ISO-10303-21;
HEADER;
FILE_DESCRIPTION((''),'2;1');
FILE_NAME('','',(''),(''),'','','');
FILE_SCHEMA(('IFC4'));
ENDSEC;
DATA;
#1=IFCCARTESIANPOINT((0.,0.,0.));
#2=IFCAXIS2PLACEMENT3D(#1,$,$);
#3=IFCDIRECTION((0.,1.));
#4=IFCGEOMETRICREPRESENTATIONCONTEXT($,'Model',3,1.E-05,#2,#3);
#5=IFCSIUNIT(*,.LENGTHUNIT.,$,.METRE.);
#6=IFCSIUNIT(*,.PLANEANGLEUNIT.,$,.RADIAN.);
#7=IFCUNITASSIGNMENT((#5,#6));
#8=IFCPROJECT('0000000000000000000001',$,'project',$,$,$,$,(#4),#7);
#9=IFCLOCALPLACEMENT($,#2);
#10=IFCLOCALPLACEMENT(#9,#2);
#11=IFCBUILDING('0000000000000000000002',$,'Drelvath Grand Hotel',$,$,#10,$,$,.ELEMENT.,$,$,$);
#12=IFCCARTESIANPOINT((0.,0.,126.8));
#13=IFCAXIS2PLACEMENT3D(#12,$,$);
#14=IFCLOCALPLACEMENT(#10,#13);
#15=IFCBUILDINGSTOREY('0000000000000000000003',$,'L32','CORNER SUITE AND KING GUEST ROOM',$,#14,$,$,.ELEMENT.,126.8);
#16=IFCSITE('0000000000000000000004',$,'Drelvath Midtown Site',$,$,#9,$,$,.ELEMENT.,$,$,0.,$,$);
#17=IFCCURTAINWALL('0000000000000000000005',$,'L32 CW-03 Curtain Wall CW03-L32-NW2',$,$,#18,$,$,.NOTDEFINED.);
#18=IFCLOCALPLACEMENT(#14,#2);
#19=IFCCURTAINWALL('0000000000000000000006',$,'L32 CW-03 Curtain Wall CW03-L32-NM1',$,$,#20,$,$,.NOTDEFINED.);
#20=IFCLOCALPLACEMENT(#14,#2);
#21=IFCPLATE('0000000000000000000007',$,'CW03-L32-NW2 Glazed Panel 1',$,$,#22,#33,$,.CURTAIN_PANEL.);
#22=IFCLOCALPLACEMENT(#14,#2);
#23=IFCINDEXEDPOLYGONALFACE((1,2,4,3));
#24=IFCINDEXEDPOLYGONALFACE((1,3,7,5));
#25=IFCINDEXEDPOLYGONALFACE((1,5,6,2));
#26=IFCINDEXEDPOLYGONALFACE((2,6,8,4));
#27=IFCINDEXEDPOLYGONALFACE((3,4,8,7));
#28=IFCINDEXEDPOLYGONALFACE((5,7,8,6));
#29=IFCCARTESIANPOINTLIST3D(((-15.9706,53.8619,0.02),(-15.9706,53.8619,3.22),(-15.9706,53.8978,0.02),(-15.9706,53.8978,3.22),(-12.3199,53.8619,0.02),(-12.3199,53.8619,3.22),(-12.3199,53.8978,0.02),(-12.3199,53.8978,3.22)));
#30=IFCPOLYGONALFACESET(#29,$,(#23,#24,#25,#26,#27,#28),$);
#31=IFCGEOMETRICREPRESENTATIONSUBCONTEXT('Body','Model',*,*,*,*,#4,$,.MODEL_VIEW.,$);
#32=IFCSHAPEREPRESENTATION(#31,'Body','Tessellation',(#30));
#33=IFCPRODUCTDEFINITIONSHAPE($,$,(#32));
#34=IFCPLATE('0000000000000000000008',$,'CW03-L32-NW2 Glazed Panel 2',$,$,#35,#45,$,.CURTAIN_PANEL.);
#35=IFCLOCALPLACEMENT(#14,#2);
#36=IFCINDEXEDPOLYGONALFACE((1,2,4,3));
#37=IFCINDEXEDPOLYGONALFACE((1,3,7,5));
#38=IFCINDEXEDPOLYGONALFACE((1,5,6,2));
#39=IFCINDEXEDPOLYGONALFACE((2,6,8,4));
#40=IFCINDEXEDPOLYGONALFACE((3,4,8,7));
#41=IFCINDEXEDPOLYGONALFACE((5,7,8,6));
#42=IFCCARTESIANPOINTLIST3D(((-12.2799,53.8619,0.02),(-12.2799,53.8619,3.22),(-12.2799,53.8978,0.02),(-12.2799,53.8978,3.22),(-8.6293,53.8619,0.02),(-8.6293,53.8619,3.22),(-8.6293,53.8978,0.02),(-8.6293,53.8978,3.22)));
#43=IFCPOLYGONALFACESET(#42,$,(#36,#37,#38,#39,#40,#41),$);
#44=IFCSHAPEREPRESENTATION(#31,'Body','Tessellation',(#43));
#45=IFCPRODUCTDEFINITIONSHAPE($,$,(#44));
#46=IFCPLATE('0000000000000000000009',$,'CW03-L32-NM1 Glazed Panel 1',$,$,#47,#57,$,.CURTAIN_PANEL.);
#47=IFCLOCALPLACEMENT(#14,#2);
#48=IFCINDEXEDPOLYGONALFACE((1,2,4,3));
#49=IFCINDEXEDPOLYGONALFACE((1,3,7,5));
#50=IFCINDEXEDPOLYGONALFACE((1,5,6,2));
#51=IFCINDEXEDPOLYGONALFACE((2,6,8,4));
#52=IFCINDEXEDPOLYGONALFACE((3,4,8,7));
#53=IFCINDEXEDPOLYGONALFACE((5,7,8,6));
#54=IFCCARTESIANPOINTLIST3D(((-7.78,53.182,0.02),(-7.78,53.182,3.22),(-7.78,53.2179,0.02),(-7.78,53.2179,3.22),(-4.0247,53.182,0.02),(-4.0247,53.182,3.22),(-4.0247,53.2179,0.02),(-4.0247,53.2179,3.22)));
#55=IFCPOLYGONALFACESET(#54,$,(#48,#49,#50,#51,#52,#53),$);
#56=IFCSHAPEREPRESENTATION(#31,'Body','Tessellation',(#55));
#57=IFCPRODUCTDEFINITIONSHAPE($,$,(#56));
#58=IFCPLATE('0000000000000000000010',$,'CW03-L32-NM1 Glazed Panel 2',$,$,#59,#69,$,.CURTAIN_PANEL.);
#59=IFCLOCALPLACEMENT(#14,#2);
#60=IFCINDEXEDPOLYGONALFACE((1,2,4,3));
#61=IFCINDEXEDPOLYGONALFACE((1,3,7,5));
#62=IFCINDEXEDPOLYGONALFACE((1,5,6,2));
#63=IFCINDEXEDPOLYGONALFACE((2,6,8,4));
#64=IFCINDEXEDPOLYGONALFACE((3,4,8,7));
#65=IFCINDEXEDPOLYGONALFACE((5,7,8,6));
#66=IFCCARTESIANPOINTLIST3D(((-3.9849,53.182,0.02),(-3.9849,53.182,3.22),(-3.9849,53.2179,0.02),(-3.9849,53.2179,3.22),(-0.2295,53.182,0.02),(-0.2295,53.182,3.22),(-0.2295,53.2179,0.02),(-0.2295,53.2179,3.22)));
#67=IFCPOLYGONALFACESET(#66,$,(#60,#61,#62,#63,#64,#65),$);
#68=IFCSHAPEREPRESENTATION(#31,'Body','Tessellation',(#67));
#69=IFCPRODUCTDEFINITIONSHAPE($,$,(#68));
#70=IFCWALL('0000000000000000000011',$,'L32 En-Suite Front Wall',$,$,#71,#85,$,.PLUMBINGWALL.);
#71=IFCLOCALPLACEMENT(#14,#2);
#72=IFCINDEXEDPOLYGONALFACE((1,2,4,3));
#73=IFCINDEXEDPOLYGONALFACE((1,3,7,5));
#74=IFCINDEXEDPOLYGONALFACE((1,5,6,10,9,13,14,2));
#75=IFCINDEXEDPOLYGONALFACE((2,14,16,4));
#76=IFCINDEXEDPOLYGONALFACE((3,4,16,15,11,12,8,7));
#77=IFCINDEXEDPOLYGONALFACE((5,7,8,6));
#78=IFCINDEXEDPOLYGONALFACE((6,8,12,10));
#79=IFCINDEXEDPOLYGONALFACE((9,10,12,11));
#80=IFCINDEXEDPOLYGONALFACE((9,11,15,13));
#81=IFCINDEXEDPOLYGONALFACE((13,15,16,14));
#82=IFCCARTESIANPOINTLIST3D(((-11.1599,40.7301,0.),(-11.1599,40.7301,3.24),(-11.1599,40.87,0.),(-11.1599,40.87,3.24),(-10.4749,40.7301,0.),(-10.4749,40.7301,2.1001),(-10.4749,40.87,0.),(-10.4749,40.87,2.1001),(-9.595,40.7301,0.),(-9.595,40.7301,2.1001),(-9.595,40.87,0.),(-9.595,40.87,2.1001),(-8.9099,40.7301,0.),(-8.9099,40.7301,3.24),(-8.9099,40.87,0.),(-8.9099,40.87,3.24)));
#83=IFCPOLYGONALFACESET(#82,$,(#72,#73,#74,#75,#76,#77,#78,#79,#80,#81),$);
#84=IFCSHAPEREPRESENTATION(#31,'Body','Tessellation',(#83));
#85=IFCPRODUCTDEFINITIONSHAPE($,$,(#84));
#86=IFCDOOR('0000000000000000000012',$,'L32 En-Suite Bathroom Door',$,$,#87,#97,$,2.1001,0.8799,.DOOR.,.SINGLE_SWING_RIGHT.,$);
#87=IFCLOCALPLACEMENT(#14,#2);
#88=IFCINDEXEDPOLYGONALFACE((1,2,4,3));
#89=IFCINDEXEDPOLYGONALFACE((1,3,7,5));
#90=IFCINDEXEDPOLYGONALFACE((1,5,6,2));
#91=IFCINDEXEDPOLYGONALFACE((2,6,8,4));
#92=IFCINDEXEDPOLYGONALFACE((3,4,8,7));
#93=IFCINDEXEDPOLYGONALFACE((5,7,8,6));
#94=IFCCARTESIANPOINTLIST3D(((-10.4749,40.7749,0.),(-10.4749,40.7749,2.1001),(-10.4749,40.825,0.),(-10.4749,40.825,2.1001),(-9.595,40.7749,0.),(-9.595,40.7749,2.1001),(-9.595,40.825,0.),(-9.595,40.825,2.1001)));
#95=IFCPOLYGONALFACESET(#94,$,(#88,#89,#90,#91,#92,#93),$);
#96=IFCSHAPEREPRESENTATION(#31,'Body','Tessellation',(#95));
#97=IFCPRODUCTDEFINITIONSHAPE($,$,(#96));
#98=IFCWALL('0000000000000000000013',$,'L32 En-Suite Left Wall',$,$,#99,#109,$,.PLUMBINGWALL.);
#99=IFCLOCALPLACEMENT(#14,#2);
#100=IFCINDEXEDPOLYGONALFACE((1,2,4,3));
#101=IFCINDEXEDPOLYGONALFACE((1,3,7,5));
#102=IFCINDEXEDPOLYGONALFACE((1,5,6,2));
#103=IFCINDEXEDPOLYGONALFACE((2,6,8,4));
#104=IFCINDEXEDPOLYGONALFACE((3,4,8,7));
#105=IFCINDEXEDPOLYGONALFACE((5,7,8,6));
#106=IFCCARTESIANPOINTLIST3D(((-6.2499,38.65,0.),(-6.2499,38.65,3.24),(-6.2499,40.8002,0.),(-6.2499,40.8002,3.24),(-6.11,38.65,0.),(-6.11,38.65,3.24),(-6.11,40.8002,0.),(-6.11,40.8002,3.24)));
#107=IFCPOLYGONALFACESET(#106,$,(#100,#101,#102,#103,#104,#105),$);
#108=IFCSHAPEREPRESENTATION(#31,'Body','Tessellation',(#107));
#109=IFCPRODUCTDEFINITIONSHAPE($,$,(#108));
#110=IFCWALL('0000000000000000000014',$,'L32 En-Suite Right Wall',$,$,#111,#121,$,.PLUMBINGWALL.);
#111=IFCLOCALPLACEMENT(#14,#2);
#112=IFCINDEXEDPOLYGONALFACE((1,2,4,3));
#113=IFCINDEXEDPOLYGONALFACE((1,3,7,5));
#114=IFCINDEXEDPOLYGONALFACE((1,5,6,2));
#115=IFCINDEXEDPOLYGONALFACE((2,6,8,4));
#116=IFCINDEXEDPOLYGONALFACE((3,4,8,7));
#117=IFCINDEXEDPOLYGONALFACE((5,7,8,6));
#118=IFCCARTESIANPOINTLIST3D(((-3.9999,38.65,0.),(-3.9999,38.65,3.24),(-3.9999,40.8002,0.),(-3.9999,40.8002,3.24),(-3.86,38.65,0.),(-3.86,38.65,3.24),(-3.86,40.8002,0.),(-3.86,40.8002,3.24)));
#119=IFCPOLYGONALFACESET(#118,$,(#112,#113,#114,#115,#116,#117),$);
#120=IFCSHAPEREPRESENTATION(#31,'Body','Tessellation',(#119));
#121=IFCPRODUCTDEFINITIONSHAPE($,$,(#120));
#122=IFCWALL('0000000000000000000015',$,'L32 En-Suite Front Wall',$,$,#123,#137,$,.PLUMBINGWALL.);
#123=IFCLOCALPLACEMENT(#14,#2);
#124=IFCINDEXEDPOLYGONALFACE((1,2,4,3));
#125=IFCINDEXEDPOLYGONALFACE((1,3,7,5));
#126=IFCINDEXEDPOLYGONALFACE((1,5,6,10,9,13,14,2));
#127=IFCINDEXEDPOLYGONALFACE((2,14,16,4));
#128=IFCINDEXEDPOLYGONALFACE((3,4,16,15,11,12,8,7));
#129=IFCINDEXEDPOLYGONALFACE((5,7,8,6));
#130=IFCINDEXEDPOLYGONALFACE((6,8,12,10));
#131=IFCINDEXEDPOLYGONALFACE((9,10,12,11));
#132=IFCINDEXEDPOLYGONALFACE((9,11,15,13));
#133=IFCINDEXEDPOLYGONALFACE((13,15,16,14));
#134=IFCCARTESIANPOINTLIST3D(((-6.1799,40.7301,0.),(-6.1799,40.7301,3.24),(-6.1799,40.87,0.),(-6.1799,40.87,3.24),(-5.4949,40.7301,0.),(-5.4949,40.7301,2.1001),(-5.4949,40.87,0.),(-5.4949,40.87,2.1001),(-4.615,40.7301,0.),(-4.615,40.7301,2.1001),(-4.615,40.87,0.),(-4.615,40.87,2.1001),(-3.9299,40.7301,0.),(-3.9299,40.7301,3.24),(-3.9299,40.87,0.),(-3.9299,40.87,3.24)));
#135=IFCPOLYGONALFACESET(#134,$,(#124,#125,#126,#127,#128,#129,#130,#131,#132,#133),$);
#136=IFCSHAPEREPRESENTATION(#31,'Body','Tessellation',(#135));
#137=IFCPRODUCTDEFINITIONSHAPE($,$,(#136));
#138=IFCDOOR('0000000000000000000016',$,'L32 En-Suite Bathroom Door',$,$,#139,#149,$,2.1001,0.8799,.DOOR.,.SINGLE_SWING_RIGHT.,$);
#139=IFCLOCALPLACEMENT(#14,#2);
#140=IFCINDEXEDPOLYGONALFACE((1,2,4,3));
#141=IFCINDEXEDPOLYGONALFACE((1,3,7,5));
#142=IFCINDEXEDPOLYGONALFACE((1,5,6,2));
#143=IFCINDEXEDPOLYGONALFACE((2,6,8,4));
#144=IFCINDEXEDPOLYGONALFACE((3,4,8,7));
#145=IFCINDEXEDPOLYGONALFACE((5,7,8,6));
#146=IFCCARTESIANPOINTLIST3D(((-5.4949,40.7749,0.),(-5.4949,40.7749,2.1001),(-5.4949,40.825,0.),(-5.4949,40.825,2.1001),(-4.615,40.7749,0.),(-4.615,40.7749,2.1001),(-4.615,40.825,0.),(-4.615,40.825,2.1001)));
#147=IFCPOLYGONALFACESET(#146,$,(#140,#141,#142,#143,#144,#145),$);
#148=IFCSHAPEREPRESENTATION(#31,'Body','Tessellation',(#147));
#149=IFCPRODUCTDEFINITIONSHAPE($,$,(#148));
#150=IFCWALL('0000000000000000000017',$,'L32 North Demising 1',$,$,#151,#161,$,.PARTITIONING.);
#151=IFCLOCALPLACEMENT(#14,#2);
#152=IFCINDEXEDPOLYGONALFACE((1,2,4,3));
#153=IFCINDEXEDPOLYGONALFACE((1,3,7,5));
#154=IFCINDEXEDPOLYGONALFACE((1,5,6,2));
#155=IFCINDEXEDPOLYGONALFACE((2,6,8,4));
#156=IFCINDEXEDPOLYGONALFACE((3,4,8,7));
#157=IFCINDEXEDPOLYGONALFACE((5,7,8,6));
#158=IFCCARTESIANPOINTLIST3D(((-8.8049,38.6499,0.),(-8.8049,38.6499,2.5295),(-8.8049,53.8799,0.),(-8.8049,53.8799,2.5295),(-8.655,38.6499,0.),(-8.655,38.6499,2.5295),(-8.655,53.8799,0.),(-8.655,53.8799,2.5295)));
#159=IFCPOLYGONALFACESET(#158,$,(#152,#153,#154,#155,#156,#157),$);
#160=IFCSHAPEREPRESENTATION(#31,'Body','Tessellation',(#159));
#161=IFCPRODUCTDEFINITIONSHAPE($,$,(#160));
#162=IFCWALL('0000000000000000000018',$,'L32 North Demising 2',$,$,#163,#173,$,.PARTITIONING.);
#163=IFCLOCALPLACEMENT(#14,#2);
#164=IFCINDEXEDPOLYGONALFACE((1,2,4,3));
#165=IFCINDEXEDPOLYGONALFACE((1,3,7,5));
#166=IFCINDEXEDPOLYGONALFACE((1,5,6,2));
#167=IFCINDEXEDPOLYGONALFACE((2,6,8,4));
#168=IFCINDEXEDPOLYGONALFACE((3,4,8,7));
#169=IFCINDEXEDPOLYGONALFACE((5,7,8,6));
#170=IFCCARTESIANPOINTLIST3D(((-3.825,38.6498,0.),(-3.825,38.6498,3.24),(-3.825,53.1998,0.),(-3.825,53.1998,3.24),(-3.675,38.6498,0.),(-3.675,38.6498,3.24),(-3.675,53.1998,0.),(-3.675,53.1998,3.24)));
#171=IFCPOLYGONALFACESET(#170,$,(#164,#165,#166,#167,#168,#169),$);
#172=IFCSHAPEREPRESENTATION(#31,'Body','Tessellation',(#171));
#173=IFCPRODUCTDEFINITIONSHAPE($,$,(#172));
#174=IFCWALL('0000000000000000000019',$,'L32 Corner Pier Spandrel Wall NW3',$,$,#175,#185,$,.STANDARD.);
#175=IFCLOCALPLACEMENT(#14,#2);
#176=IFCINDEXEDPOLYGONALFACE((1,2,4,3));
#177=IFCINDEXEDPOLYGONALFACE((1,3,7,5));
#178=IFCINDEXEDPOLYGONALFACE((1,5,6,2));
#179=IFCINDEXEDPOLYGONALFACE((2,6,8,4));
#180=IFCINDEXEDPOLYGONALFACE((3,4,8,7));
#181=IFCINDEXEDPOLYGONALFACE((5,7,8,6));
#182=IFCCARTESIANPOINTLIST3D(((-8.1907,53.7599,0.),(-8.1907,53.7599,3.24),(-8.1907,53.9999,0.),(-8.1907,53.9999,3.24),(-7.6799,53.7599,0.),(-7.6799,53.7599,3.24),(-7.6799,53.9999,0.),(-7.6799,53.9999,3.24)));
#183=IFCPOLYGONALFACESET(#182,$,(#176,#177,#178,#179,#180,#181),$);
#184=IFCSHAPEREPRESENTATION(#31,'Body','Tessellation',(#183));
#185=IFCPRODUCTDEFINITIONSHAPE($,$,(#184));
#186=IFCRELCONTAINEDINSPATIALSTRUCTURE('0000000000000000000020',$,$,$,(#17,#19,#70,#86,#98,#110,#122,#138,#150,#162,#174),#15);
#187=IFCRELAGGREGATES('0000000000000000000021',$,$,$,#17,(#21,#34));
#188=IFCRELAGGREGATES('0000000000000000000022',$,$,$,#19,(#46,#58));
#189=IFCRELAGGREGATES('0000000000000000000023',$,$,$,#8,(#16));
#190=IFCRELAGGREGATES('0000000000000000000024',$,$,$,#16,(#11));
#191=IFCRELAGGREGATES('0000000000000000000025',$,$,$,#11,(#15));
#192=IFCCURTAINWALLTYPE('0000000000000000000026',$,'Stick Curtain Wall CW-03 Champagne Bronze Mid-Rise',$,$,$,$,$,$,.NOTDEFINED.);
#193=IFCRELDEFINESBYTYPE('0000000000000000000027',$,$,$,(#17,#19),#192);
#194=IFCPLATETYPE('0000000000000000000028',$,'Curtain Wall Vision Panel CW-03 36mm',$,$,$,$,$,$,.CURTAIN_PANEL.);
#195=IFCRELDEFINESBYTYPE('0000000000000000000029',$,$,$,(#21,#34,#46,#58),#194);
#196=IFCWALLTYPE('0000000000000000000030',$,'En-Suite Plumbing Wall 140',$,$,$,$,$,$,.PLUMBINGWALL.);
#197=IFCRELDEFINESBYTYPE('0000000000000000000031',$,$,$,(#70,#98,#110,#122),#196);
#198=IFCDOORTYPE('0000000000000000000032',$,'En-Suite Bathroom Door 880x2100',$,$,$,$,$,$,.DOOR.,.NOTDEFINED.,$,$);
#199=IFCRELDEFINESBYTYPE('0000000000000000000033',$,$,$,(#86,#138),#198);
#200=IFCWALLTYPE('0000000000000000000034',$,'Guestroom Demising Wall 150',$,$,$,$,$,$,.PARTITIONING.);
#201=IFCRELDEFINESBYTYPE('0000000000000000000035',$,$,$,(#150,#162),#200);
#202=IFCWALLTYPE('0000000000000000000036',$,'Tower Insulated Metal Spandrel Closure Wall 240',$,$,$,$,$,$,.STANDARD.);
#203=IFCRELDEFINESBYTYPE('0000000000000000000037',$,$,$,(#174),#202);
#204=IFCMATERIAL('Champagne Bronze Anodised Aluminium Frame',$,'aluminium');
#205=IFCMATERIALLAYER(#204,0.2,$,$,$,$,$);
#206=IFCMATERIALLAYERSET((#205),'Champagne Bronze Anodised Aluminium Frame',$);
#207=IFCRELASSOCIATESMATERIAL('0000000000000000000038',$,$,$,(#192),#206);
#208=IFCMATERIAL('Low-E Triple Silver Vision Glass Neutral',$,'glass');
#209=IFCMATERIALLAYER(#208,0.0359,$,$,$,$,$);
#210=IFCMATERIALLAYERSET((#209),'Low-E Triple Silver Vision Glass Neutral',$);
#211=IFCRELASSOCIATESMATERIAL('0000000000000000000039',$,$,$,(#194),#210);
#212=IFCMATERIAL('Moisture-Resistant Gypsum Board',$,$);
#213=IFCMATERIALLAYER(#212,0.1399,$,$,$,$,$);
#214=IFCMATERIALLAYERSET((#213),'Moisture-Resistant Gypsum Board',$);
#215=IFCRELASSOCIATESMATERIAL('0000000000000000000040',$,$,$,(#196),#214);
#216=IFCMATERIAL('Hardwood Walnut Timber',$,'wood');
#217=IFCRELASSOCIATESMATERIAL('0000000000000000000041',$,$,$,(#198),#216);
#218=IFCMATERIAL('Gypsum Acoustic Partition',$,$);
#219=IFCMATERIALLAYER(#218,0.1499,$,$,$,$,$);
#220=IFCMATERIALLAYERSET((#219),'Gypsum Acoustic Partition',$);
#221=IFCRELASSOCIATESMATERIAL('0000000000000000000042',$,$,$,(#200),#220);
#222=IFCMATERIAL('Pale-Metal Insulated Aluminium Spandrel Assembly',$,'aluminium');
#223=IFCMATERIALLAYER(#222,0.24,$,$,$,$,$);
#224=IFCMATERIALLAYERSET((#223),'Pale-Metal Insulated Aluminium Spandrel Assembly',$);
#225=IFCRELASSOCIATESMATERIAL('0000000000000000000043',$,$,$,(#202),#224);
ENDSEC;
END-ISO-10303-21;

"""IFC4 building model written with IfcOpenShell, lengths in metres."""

from ifc_helpers import new_model, si_unit, direction, frame, frame_2d, origin, origin_2d, place, context, subcontext, project, spatial, rectangle, extrude, material, layer, layer_set, type_object, element, fill, aggregate, save


model = new_model("IFC4")

# Units and contexts
model_context = context("Model", 3, precision=1e-05, world=origin(), true_north=direction((0.0, 1.0)))
body_context = subcontext(model_context, "Body", "Model", "MODEL_VIEW")
ifc_project = project(units=[si_unit("LENGTHUNIT", "METRE"), si_unit("PLANEANGLEUNIT", "RADIAN")], contexts=[model_context])

# Site, building, storey
site_placement = place(None, origin())
site = spatial("IfcSite", under=ifc_project, at=site_placement, Name="Drelvath Midtown Site", CompositionType="ELEMENT", RefElevation=0.0)
building_placement = place(site_placement, origin())
building = spatial("IfcBuilding", under=site, at=building_placement, Name="Drelvath Grand Hotel", CompositionType="ELEMENT")
storey_placement = place(building_placement, frame((0.0, 0.0, 126.8)))
storey = spatial("IfcBuildingStorey", under=building, at=storey_placement, Name="L32", Description="CORNER SUITE AND KING GUEST ROOM", CompositionType="ELEMENT", Elevation=126.8)

# Curtain walls
ifc_material_1 = material(Name="Champagne Bronze Anodised Aluminium Frame", Category="aluminium")
ifc_layer_1 = layer(ifc_material_1, 0.2)
ifc_layer_set_1 = layer_set([ifc_layer_1], Name="Champagne Bronze Anodised Aluminium Frame")
curtain_wall_type = type_object("IfcCurtainWallType", Name="Stick Curtain Wall CW-03 Champagne Bronze Mid-Rise", PredefinedType="NOTDEFINED", material=ifc_layer_set_1)
curtain_wall_1_placement = place(storey_placement, origin())
curtain_wall_1 = element("IfcCurtainWall", 1, at=curtain_wall_1_placement, inside=storey, type_object=curtain_wall_type, Name="L32 CW-03 Curtain Wall CW03-L32-NW2", PredefinedType="NOTDEFINED")
curtain_wall_2_placement = place(storey_placement, origin())
curtain_wall_2 = element("IfcCurtainWall", 2, at=curtain_wall_2_placement, inside=storey, type_object=curtain_wall_type, Name="L32 CW-03 Curtain Wall CW03-L32-NM1", PredefinedType="NOTDEFINED")

# Plates
ifc_material_2 = material(Name="Low-E Triple Silver Vision Glass Neutral", Category="glass")
ifc_layer_2 = layer(ifc_material_2, 0.0359)
ifc_layer_set_2 = layer_set([ifc_layer_2], Name="Low-E Triple Silver Vision Glass Neutral")
plate_type = type_object("IfcPlateType", Name="Curtain Wall Vision Panel CW-03 36mm", PredefinedType="CURTAIN_PANEL", material=ifc_layer_set_2)
plate_1_placement = place(storey_placement, frame((-14.1453, 53.8799, 0.02), z_axis=(0.0, 0.0, 1.0), x_axis=(1.0, 0.0, 0.0)))
plate_1 = element("IfcPlate", 3, at=plate_1_placement, type_object=plate_type, Name="CW03-L32-NW2 Glazed Panel 1", PredefinedType="CURTAIN_PANEL", context=body_context, shape_type="SweptSolid", body=[
    extrude(rectangle(XDim=3.6506, YDim=0.0359, at=origin_2d()), origin(), (0.0, 0.0, 1.0), 3.2),
])
plate_2_placement = place(storey_placement, frame((-10.4546, 53.8799, 0.02), z_axis=(0.0, 0.0, 1.0), x_axis=(1.0, 0.0, 0.0)))
plate_2 = element("IfcPlate", 4, at=plate_2_placement, type_object=plate_type, Name="CW03-L32-NW2 Glazed Panel 2", PredefinedType="CURTAIN_PANEL", context=body_context, shape_type="SweptSolid", body=[
    extrude(rectangle(XDim=3.6506, YDim=0.0359, at=origin_2d()), origin(), (0.0, 0.0, 1.0), 3.2),
])
aggregate(curtain_wall_1, [plate_1, plate_2])
plate_3_placement = place(storey_placement, frame((-5.9023, 53.2, 0.02), z_axis=(0.0, 0.0, 1.0), x_axis=(1.0, 0.0, 0.0)))
plate_3 = element("IfcPlate", 5, at=plate_3_placement, type_object=plate_type, Name="CW03-L32-NM1 Glazed Panel 1", PredefinedType="CURTAIN_PANEL", context=body_context, shape_type="SweptSolid", body=[
    extrude(rectangle(XDim=3.7554, YDim=0.0359, at=origin_2d()), origin(), (0.0, 0.0, 1.0), 3.2),
])
plate_4_placement = place(storey_placement, frame((-2.1072, 53.2, 0.02), z_axis=(0.0, 0.0, 1.0), x_axis=(1.0, 0.0, 0.0)))
plate_4 = element("IfcPlate", 6, at=plate_4_placement, type_object=plate_type, Name="CW03-L32-NM1 Glazed Panel 2", PredefinedType="CURTAIN_PANEL", context=body_context, shape_type="SweptSolid", body=[
    extrude(rectangle(XDim=3.7554, YDim=0.0359, at=origin_2d()), origin(), (0.0, 0.0, 1.0), 3.2),
])
aggregate(curtain_wall_2, [plate_3, plate_4])

# Wall, opening, door
ifc_material_3 = material(Name="Moisture-Resistant Gypsum Board")
ifc_layer_3 = layer(ifc_material_3, 0.1399)
ifc_layer_set_3 = layer_set([ifc_layer_3], Name="Moisture-Resistant Gypsum Board")
wall_type_1 = type_object("IfcWallType", Name="En-Suite Plumbing Wall 140", PredefinedType="PLUMBINGWALL", material=ifc_layer_set_3)
wall_1_placement = place(storey_placement, frame((-11.1599, 40.8, 0.0), z_axis=(0.0, 0.0, 1.0), x_axis=(1.0, 0.0, 0.0)))
wall_1 = element("IfcWall", 7, at=wall_1_placement, inside=storey, type_object=wall_type_1, Name="L32 En-Suite Front Wall", PredefinedType="PLUMBINGWALL", context=body_context, shape_type="SweptSolid", body=[
    extrude(rectangle(XDim=2.25, YDim=0.1399, at=frame_2d((1.125, 0.0))), origin(), (0.0, 0.0, 1.0), 3.24),
])
opening_1_placement = place(wall_1_placement, frame((0.6851, 0.0, 0.0)))
opening_1 = element("IfcOpeningElement", 8, at=opening_1_placement, cuts=wall_1, PredefinedType="OPENING", context=body_context, shape_type="SweptSolid", body=[
    extrude(rectangle(XDim=0.8799, YDim=2.1001, at=frame_2d((0.4399, 1.05))), frame((0.0, 0.0798, 0.0), z_axis=(0.0, -1.0, 0.0), x_axis=(1.0, 0.0, 0.0)), (0.0, 0.0, 1.0), 0.1599),
])
ifc_material_4 = material(Name="Hardwood Walnut Timber", Category="wood")
door_type = type_object("IfcDoorType", Name="En-Suite Bathroom Door 880x2100", OperationType="NOTDEFINED", PredefinedType="DOOR", material=ifc_material_4)
door_1_placement = place(opening_1_placement, origin())
door_1 = element("IfcDoor", 9, at=door_1_placement, inside=storey, type_object=door_type, Name="L32 En-Suite Bathroom Door", OperationType="SINGLE_SWING_RIGHT", OverallHeight=2.1001, OverallWidth=0.8799, PredefinedType="DOOR", context=body_context, shape_type="SweptSolid", body=[
    extrude(rectangle(XDim=0.8799, YDim=2.1001, at=frame_2d((0.4399, 1.05))), frame((0.0, 0.0249, 0.0), z_axis=(0.0, -1.0, 0.0), x_axis=(1.0, 0.0, 0.0)), (0.0, 0.0, 1.0), 0.05),
])
fill(opening_1, door_1)

# Walls
for number, where, z_axis, x_axis, name in (
    (10, (-6.1799, 38.6499, 0.0), (0.0, 0.0, 1.0), (0.0, 1.0, 0.0), "L32 En-Suite Left Wall"),
    (11, (-3.9299, 38.6499, 0.0), (0.0, 0.0, 1.0), (0.0, 1.0, 0.0), "L32 En-Suite Right Wall"),
):
    element("IfcWall", number, at=place(storey_placement, frame(where, z_axis=z_axis, x_axis=x_axis)), inside=storey, type_object=wall_type_1, Name=name, PredefinedType="PLUMBINGWALL", context=body_context, shape_type="SweptSolid", body=[
        extrude(rectangle(XDim=2.1501, YDim=0.1399, at=frame_2d((1.0752, 0.0))), origin(), (0.0, 0.0, 1.0), 3.24),
    ])

# Wall, opening, door
wall_2_placement = place(storey_placement, frame((-6.1799, 40.8, 0.0), z_axis=(0.0, 0.0, 1.0), x_axis=(1.0, 0.0, 0.0)))
wall_2 = element("IfcWall", 12, at=wall_2_placement, inside=storey, type_object=wall_type_1, Name="L32 En-Suite Front Wall", PredefinedType="PLUMBINGWALL", context=body_context, shape_type="SweptSolid", body=[
    extrude(rectangle(XDim=2.25, YDim=0.1399, at=frame_2d((1.125, 0.0))), origin(), (0.0, 0.0, 1.0), 3.24),
])
opening_2_placement = place(wall_2_placement, frame((0.6851, 0.0, 0.0)))
opening_2 = element("IfcOpeningElement", 13, at=opening_2_placement, cuts=wall_2, PredefinedType="OPENING", context=body_context, shape_type="SweptSolid", body=[
    extrude(rectangle(XDim=0.8799, YDim=2.1001, at=frame_2d((0.4399, 1.05))), frame((0.0, 0.0798, 0.0), z_axis=(0.0, -1.0, 0.0), x_axis=(1.0, 0.0, 0.0)), (0.0, 0.0, 1.0), 0.1599),
])
door_2_placement = place(opening_2_placement, origin())
door_2 = element("IfcDoor", 14, at=door_2_placement, inside=storey, type_object=door_type, Name="L32 En-Suite Bathroom Door", OperationType="SINGLE_SWING_RIGHT", OverallHeight=2.1001, OverallWidth=0.8799, PredefinedType="DOOR", context=body_context, shape_type="SweptSolid", body=[
    extrude(rectangle(XDim=0.8799, YDim=2.1001, at=frame_2d((0.4399, 1.05))), frame((0.0, 0.0249, 0.0), z_axis=(0.0, -1.0, 0.0), x_axis=(1.0, 0.0, 0.0)), (0.0, 0.0, 1.0), 0.05),
])
fill(opening_2, door_2)

# Walls
ifc_material_5 = material(Name="Gypsum Acoustic Partition")
ifc_layer_4 = layer(ifc_material_5, 0.1499)
ifc_layer_set_4 = layer_set([ifc_layer_4], Name="Gypsum Acoustic Partition")
wall_type_2 = type_object("IfcWallType", Name="Guestroom Demising Wall 150", PredefinedType="PARTITIONING", material=ifc_layer_set_4)
wall_3_placement = place(storey_placement, frame((-8.73, 38.6499, 0.0), z_axis=(0.0, 0.0, 1.0), x_axis=(0.0, 1.0, 0.0)))
element("IfcWall", 15, at=wall_3_placement, inside=storey, type_object=wall_type_2, Name="L32 North Demising 1", PredefinedType="PARTITIONING", context=body_context, shape_type="SweptSolid", body=[
    extrude(rectangle(XDim=15.23, YDim=0.1499, at=frame_2d((7.615, 0.0))), origin(), (0.0, 0.0, 1.0), 2.5295),
])
wall_4_placement = place(storey_placement, frame((-3.75, 38.6499, 0.0), z_axis=(0.0, 0.0, 1.0), x_axis=(0.0, 1.0, 0.0)))
element("IfcWall", 16, at=wall_4_placement, inside=storey, type_object=wall_type_2, Name="L32 North Demising 2", PredefinedType="PARTITIONING", context=body_context, shape_type="SweptSolid", body=[
    extrude(rectangle(XDim=14.55, YDim=0.1499, at=frame_2d((7.2749, 0.0))), origin(), (0.0, 0.0, 1.0), 3.24),
])
ifc_material_6 = material(Name="Pale-Metal Insulated Aluminium Spandrel Assembly", Category="aluminium")
ifc_layer_5 = layer(ifc_material_6, 0.24)
ifc_layer_set_5 = layer_set([ifc_layer_5], Name="Pale-Metal Insulated Aluminium Spandrel Assembly")
wall_type_3 = type_object("IfcWallType", Name="Tower Insulated Metal Spandrel Closure Wall 240", PredefinedType="STANDARD", material=ifc_layer_set_5)
wall_5_placement = place(storey_placement, frame((-8.1907, 53.8799, 0.0), z_axis=(0.0, 0.0, 1.0), x_axis=(1.0, 0.0, 0.0)))
element("IfcWall", 17, at=wall_5_placement, inside=storey, type_object=wall_type_3, Name="L32 Corner Pier Spandrel Wall NW3", PredefinedType="STANDARD", context=body_context, shape_type="SweptSolid", body=[
    extrude(rectangle(XDim=0.5107, YDim=0.24, at=frame_2d((0.2554, 0.0))), origin(), (0.0, 0.0, 1.0), 3.24),
])

save(model, "model.ifc")
